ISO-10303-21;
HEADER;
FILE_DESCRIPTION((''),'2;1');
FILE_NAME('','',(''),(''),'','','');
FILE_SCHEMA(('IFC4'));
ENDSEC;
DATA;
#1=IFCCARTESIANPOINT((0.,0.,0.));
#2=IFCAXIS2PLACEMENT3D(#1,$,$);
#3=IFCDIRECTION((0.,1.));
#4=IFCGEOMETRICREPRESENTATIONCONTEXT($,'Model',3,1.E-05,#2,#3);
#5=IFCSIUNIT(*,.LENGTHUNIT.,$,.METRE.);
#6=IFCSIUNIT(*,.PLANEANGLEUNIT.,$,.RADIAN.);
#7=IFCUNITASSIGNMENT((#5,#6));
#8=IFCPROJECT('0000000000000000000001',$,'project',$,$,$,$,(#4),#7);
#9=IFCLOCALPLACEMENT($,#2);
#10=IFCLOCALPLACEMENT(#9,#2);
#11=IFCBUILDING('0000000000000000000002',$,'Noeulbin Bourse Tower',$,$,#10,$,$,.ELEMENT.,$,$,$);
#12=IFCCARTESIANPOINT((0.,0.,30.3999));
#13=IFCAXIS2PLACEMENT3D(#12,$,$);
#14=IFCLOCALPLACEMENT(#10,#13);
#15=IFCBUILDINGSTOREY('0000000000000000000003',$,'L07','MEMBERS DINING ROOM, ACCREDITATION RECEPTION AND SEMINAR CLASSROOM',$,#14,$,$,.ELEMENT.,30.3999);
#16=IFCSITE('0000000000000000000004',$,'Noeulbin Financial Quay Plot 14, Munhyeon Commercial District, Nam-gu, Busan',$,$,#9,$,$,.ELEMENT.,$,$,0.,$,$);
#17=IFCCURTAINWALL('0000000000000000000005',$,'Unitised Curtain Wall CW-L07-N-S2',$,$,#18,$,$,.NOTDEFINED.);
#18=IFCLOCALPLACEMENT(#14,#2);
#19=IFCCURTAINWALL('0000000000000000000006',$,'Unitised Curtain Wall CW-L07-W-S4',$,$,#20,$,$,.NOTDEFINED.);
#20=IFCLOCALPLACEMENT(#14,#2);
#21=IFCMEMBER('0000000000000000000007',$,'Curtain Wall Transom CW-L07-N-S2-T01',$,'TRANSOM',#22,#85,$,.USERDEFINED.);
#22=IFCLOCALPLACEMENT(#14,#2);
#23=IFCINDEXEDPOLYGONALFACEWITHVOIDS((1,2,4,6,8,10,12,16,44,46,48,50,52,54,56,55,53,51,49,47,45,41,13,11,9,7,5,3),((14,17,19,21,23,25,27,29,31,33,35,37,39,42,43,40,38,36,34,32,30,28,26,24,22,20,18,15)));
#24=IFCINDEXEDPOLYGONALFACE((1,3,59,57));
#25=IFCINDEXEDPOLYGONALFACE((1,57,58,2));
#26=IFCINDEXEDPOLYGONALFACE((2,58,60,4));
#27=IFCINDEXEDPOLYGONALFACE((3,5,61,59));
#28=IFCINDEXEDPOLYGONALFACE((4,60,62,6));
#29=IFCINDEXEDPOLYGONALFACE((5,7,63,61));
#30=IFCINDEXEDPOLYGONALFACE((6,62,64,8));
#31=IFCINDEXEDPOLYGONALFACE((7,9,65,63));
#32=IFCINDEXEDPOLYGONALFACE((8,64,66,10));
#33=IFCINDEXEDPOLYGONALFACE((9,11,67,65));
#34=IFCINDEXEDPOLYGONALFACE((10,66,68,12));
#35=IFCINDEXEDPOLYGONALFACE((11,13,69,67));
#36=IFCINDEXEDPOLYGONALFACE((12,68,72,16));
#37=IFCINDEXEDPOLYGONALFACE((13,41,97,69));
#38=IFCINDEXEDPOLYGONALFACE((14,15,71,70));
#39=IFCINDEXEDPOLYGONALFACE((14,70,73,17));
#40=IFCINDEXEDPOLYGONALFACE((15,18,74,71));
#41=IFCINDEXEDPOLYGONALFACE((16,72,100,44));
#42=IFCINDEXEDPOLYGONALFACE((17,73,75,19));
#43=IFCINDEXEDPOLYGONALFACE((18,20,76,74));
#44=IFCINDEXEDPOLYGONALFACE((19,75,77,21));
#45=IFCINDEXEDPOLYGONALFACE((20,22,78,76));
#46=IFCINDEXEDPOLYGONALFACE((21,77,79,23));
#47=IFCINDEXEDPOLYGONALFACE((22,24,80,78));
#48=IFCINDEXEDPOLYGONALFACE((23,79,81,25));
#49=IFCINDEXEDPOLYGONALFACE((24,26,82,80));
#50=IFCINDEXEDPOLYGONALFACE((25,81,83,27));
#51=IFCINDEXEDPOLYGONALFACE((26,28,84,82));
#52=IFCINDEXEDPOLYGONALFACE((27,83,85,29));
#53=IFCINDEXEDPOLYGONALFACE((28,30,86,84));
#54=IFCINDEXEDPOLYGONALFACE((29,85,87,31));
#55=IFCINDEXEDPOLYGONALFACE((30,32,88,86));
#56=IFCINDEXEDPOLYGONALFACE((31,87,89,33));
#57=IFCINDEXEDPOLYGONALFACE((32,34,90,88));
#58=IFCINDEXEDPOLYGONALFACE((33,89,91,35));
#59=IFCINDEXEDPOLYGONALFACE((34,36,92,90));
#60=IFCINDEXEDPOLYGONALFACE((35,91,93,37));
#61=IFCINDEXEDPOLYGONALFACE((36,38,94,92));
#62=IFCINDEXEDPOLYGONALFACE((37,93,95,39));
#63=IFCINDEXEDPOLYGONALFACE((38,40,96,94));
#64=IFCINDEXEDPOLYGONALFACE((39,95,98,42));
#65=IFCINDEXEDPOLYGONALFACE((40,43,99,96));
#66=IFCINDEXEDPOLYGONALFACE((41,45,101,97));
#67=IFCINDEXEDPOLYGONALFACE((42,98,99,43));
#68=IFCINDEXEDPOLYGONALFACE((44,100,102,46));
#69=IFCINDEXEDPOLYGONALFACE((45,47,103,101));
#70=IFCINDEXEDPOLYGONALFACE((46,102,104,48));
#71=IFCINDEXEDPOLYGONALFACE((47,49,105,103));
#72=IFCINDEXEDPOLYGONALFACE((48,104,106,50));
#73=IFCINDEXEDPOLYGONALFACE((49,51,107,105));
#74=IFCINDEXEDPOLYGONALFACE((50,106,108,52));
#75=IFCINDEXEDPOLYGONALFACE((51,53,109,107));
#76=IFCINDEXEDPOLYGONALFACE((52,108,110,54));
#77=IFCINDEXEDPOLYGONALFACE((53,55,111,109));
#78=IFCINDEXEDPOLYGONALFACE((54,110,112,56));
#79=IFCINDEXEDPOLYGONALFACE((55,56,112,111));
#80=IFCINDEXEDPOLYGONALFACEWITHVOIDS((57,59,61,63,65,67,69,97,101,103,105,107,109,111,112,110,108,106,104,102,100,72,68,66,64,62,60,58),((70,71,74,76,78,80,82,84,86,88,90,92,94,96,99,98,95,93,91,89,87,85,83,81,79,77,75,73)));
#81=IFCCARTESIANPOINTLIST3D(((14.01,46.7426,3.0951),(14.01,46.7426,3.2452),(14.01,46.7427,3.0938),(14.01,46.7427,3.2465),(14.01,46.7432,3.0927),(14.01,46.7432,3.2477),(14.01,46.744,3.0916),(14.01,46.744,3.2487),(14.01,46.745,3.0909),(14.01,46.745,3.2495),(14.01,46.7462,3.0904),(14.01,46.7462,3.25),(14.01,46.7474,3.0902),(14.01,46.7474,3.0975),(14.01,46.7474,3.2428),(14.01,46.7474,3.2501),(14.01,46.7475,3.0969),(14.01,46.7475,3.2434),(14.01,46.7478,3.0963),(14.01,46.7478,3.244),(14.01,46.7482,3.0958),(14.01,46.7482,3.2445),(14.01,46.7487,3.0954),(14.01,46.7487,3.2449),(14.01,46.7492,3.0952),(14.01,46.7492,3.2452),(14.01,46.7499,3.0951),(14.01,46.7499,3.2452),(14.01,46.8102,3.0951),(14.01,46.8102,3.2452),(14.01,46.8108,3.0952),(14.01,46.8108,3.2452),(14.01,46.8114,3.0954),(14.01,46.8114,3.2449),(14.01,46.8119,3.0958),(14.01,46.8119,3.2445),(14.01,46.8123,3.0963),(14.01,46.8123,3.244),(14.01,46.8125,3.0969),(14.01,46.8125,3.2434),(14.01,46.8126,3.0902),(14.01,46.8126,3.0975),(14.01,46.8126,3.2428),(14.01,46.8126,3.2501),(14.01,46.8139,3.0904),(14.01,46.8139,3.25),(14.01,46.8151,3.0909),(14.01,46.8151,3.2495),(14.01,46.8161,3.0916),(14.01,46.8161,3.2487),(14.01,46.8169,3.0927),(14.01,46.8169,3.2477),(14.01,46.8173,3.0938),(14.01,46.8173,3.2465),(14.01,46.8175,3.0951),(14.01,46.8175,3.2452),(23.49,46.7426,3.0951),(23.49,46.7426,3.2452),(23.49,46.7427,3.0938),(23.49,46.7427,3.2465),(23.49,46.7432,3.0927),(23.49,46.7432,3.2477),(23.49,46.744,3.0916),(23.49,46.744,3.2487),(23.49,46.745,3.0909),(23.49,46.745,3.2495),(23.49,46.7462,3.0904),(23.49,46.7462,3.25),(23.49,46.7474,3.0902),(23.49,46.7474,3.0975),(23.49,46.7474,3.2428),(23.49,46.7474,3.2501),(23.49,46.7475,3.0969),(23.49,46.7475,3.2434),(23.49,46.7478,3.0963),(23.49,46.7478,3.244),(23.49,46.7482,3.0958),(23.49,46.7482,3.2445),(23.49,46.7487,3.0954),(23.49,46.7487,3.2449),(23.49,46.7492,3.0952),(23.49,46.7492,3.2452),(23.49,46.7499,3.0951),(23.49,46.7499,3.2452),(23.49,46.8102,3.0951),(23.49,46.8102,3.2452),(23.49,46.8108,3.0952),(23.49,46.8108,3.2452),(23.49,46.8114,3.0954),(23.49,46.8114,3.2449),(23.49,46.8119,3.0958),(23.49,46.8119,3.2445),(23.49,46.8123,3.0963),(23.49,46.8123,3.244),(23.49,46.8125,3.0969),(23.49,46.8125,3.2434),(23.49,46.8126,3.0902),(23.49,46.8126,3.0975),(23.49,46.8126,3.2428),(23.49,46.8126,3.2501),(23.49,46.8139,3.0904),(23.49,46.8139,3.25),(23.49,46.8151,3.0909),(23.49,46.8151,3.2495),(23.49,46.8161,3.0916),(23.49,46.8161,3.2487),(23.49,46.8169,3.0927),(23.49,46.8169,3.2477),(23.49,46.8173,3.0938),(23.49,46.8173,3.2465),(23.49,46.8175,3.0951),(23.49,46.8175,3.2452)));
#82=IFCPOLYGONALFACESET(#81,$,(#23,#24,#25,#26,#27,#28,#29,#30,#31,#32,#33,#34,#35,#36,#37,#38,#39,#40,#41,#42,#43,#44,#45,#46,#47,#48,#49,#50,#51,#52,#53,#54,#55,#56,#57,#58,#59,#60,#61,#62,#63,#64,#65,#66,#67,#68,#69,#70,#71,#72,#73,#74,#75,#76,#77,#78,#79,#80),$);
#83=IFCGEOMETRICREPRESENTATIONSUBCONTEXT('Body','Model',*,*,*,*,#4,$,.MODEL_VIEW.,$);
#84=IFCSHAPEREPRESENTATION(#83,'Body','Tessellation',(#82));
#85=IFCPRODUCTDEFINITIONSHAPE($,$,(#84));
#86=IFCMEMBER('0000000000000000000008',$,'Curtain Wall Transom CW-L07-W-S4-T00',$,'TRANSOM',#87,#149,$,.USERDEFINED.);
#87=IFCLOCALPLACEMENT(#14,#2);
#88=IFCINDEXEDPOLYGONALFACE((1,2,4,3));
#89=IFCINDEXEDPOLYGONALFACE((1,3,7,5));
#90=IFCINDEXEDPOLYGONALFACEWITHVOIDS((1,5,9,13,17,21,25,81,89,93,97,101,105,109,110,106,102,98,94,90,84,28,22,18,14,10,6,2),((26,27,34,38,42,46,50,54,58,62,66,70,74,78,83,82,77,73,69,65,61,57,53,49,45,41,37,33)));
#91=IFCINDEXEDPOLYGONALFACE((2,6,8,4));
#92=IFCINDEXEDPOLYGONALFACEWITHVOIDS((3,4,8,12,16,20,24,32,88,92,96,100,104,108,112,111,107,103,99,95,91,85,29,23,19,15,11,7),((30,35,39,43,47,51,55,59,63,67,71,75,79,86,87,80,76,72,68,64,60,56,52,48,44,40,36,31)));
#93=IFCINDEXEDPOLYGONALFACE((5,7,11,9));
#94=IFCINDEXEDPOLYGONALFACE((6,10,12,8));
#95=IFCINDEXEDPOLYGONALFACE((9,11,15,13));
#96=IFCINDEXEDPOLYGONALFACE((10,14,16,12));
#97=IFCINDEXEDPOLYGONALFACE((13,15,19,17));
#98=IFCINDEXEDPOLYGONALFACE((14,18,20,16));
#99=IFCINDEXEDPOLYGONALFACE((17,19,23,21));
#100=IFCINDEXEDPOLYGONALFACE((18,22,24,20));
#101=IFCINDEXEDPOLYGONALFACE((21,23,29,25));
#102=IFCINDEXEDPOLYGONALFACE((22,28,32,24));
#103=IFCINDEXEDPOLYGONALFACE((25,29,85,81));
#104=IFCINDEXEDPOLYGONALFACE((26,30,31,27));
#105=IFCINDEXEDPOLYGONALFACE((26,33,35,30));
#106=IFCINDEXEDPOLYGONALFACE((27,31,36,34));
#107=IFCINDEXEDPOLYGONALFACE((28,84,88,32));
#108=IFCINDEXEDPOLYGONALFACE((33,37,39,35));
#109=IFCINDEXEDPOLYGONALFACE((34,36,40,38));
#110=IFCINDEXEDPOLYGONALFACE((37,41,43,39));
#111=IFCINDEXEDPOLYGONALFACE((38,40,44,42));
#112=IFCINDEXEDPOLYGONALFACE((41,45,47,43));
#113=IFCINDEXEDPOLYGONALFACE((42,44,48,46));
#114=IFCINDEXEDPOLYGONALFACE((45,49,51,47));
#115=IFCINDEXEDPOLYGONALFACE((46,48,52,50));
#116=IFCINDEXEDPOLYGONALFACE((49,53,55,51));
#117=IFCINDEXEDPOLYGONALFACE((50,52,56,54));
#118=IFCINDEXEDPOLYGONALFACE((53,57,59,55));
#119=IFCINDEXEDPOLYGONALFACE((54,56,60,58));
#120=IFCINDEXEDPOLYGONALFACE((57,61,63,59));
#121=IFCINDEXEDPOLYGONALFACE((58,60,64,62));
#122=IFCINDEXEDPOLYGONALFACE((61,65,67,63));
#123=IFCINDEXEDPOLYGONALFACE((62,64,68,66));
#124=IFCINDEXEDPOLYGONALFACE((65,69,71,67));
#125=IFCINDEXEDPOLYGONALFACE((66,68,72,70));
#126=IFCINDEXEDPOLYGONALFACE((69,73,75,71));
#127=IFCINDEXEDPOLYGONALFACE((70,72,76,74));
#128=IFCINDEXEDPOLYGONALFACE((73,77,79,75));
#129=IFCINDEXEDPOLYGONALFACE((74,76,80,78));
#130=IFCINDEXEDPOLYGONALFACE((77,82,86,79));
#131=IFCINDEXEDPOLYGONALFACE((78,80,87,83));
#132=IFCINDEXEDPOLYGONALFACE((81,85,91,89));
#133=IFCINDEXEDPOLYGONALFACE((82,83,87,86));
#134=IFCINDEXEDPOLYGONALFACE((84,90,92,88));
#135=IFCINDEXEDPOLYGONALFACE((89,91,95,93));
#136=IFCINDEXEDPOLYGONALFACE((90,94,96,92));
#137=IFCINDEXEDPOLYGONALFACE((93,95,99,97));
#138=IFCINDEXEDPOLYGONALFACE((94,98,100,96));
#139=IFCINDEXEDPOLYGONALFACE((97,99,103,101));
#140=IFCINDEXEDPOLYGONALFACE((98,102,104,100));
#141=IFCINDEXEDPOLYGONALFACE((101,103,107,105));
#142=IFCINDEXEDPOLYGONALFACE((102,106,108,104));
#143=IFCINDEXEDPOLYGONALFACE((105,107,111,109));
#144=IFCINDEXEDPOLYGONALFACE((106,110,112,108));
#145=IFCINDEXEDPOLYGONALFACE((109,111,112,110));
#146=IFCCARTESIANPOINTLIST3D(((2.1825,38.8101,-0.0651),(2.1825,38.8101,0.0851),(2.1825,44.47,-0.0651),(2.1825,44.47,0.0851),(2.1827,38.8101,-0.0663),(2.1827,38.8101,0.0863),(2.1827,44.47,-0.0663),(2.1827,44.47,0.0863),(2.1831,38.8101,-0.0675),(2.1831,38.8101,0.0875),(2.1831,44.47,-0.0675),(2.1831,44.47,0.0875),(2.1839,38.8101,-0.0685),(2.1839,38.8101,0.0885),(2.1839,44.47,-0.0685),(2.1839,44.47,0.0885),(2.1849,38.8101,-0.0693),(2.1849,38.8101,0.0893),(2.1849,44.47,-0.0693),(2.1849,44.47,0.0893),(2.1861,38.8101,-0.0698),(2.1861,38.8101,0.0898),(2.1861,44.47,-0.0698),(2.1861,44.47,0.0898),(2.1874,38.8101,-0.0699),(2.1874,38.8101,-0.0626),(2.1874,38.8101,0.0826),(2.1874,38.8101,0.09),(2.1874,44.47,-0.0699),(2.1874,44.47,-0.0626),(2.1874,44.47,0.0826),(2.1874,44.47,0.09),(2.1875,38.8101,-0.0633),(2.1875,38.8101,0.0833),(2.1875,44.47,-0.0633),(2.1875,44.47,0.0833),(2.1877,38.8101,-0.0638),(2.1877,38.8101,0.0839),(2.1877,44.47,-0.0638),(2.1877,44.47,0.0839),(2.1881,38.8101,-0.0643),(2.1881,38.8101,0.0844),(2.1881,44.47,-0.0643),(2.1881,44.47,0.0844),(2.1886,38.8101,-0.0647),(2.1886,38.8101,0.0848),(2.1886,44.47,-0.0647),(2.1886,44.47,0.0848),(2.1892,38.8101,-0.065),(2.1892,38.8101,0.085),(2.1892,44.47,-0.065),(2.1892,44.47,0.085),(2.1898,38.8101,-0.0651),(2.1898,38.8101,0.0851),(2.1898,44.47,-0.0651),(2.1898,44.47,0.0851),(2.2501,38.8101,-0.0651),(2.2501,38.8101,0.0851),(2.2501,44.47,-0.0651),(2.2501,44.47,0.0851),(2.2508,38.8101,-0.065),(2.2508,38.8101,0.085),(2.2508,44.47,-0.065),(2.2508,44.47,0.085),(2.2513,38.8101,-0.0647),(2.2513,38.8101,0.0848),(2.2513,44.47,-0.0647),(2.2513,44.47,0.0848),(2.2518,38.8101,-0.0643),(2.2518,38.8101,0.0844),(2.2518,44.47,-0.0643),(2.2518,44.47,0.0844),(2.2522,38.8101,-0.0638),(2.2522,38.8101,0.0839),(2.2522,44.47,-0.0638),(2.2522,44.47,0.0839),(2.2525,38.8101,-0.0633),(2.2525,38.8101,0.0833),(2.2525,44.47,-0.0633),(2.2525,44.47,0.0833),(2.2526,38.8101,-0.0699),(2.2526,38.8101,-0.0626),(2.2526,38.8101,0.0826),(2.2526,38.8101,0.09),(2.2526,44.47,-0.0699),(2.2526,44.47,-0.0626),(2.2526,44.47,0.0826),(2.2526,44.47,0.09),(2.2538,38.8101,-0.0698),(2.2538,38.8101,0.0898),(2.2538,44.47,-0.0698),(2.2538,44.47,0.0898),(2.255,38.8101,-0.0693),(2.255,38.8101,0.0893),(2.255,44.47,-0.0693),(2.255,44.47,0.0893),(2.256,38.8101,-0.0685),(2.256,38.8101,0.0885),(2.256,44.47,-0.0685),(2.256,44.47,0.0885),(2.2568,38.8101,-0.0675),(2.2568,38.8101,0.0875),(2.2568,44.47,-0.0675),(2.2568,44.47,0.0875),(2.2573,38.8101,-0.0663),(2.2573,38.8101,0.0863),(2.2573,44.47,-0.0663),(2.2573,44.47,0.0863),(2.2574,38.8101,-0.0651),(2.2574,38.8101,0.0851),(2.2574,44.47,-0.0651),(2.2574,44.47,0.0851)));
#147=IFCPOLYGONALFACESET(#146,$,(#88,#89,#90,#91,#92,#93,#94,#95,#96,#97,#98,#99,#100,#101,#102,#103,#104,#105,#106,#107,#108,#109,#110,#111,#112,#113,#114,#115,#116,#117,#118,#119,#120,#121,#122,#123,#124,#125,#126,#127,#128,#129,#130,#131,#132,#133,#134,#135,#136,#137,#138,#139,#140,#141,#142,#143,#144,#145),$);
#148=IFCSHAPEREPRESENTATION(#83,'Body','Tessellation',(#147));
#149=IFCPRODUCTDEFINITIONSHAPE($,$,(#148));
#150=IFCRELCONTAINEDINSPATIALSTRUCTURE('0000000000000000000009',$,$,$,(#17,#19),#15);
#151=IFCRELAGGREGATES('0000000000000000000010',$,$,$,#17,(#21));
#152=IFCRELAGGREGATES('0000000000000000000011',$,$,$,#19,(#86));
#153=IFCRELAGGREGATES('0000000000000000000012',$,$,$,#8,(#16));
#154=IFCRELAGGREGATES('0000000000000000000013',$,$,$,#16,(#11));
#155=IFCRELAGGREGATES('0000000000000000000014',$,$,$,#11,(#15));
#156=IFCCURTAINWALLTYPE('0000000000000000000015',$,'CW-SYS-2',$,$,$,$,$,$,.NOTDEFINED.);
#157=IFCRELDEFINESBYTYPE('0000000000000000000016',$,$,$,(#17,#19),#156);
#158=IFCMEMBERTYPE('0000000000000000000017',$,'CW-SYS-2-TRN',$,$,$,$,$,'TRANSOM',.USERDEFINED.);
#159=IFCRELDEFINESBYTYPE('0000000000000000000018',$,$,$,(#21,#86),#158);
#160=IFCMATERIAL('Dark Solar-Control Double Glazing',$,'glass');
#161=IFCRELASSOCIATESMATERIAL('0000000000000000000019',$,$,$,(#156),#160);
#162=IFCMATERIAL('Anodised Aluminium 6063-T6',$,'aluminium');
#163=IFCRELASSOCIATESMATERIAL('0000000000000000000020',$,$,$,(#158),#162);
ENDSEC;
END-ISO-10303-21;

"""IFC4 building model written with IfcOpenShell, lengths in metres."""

from ifc_helpers import new_model, si_unit, direction, frame, origin, origin_2d, place, context, subcontext, project, spatial, hollow_rectangle, extrude, material, material_profile, profile_set, type_object, element, aggregate, save


model = new_model("IFC4")

# Units and contexts
model_context = context("Model", 3, precision=1e-05, world=origin(), true_north=direction((0.0, 1.0)))
body_context = subcontext(model_context, "Body", "Model", "MODEL_VIEW")
ifc_project = project(units=[si_unit("LENGTHUNIT", "METRE"), si_unit("PLANEANGLEUNIT", "RADIAN")], contexts=[model_context])

# Site, building, storey
site_placement = place(None, origin())
site = spatial("IfcSite", under=ifc_project, at=site_placement, Name="Noeulbin Financial Quay Plot 14, Munhyeon Commercial District, Nam-gu, Busan", CompositionType="ELEMENT", RefElevation=0.0)
building_placement = place(site_placement, origin())
building = spatial("IfcBuilding", under=site, at=building_placement, Name="Noeulbin Bourse Tower", CompositionType="ELEMENT")
storey_placement = place(building_placement, frame((0.0, 0.0, 30.3999)))
storey = spatial("IfcBuildingStorey", under=building, at=storey_placement, Name="L07", Description="MEMBERS DINING ROOM, ACCREDITATION RECEPTION AND SEMINAR CLASSROOM", CompositionType="ELEMENT", Elevation=30.3999)

# Shared definitions
ifc_material_1 = material(Name="Dark Solar-Control Double Glazing", Category="glass")
curtain_wall_type = type_object("IfcCurtainWallType", Name="CW-SYS-2", PredefinedType="NOTDEFINED", material=ifc_material_1)
ifc_material_2 = material(Name="Anodised Aluminium 6063-T6", Category="aluminium")

# Curtain wall
curtain_wall_1_placement = place(storey_placement, origin())
curtain_wall_1 = element("IfcCurtainWall", 1, at=curtain_wall_1_placement, inside=storey, type_object=curtain_wall_type, Name="Unitised Curtain Wall CW-L07-N-S2", PredefinedType="NOTDEFINED")

# Curtain wall
curtain_wall_2_placement = place(storey_placement, origin())
curtain_wall_2 = element("IfcCurtainWall", 2, at=curtain_wall_2_placement, inside=storey, type_object=curtain_wall_type, Name="Unitised Curtain Wall CW-L07-W-S4", PredefinedType="NOTDEFINED")

# Members
ifc_material_profile_1 = material_profile(ifc_material_2, hollow_rectangle(XDim=0.075, YDim=0.1599, WallThickness=0.0049, InnerFilletRadius=0.0024, OuterFilletRadius=0.0049, at=origin_2d()), Name="ALU-TRAN-75x160x5", Category="LoadBearing")
ifc_profile_set_1 = profile_set([ifc_material_profile_1], Name="Anodised Aluminium 6063-T6")
member_type_1 = type_object("IfcMemberType", Name="CW-SYS-2-TRN", ElementType="TRANSOM", PredefinedType="USERDEFINED", material=ifc_profile_set_1)
member_1_placement = place(storey_placement, frame((14.01, 46.78, 3.1702), z_axis=(1.0, 0.0, 0.0), x_axis=(0.0, 1.0, 0.0)))
member_1 = element("IfcMember", 3, at=member_1_placement, type_object=member_type_1, Name="Curtain Wall Transom CW-L07-N-S2-T01", ObjectType="TRANSOM", PredefinedType="USERDEFINED", context=body_context, shape_type="SweptSolid", body=[
    extrude(hollow_rectangle(XDim=0.075, YDim=0.1599, WallThickness=0.0049, InnerFilletRadius=0.0024, OuterFilletRadius=0.0049, at=origin_2d()), origin(), (0.0, 0.0, 1.0), 9.48),
])
aggregate(curtain_wall_1, [member_1])
member_2_placement = place(storey_placement, frame((2.22, 38.8101, 0.01), z_axis=(0.0, 1.0, 0.0), x_axis=(-1.0, 0.0, 0.0)))
member_2 = element("IfcMember", 4, at=member_2_placement, type_object=member_type_1, Name="Curtain Wall Transom CW-L07-W-S4-T00", ObjectType="TRANSOM", PredefinedType="USERDEFINED", context=body_context, shape_type="SweptSolid", body=[
    extrude(hollow_rectangle(XDim=0.075, YDim=0.1599, WallThickness=0.0049, InnerFilletRadius=0.0024, OuterFilletRadius=0.0049, at=origin_2d()), origin(), (0.0, 0.0, 1.0), 5.6599),
])

aggregate(curtain_wall_2, [member_2])

save(model, "model.ifc")
